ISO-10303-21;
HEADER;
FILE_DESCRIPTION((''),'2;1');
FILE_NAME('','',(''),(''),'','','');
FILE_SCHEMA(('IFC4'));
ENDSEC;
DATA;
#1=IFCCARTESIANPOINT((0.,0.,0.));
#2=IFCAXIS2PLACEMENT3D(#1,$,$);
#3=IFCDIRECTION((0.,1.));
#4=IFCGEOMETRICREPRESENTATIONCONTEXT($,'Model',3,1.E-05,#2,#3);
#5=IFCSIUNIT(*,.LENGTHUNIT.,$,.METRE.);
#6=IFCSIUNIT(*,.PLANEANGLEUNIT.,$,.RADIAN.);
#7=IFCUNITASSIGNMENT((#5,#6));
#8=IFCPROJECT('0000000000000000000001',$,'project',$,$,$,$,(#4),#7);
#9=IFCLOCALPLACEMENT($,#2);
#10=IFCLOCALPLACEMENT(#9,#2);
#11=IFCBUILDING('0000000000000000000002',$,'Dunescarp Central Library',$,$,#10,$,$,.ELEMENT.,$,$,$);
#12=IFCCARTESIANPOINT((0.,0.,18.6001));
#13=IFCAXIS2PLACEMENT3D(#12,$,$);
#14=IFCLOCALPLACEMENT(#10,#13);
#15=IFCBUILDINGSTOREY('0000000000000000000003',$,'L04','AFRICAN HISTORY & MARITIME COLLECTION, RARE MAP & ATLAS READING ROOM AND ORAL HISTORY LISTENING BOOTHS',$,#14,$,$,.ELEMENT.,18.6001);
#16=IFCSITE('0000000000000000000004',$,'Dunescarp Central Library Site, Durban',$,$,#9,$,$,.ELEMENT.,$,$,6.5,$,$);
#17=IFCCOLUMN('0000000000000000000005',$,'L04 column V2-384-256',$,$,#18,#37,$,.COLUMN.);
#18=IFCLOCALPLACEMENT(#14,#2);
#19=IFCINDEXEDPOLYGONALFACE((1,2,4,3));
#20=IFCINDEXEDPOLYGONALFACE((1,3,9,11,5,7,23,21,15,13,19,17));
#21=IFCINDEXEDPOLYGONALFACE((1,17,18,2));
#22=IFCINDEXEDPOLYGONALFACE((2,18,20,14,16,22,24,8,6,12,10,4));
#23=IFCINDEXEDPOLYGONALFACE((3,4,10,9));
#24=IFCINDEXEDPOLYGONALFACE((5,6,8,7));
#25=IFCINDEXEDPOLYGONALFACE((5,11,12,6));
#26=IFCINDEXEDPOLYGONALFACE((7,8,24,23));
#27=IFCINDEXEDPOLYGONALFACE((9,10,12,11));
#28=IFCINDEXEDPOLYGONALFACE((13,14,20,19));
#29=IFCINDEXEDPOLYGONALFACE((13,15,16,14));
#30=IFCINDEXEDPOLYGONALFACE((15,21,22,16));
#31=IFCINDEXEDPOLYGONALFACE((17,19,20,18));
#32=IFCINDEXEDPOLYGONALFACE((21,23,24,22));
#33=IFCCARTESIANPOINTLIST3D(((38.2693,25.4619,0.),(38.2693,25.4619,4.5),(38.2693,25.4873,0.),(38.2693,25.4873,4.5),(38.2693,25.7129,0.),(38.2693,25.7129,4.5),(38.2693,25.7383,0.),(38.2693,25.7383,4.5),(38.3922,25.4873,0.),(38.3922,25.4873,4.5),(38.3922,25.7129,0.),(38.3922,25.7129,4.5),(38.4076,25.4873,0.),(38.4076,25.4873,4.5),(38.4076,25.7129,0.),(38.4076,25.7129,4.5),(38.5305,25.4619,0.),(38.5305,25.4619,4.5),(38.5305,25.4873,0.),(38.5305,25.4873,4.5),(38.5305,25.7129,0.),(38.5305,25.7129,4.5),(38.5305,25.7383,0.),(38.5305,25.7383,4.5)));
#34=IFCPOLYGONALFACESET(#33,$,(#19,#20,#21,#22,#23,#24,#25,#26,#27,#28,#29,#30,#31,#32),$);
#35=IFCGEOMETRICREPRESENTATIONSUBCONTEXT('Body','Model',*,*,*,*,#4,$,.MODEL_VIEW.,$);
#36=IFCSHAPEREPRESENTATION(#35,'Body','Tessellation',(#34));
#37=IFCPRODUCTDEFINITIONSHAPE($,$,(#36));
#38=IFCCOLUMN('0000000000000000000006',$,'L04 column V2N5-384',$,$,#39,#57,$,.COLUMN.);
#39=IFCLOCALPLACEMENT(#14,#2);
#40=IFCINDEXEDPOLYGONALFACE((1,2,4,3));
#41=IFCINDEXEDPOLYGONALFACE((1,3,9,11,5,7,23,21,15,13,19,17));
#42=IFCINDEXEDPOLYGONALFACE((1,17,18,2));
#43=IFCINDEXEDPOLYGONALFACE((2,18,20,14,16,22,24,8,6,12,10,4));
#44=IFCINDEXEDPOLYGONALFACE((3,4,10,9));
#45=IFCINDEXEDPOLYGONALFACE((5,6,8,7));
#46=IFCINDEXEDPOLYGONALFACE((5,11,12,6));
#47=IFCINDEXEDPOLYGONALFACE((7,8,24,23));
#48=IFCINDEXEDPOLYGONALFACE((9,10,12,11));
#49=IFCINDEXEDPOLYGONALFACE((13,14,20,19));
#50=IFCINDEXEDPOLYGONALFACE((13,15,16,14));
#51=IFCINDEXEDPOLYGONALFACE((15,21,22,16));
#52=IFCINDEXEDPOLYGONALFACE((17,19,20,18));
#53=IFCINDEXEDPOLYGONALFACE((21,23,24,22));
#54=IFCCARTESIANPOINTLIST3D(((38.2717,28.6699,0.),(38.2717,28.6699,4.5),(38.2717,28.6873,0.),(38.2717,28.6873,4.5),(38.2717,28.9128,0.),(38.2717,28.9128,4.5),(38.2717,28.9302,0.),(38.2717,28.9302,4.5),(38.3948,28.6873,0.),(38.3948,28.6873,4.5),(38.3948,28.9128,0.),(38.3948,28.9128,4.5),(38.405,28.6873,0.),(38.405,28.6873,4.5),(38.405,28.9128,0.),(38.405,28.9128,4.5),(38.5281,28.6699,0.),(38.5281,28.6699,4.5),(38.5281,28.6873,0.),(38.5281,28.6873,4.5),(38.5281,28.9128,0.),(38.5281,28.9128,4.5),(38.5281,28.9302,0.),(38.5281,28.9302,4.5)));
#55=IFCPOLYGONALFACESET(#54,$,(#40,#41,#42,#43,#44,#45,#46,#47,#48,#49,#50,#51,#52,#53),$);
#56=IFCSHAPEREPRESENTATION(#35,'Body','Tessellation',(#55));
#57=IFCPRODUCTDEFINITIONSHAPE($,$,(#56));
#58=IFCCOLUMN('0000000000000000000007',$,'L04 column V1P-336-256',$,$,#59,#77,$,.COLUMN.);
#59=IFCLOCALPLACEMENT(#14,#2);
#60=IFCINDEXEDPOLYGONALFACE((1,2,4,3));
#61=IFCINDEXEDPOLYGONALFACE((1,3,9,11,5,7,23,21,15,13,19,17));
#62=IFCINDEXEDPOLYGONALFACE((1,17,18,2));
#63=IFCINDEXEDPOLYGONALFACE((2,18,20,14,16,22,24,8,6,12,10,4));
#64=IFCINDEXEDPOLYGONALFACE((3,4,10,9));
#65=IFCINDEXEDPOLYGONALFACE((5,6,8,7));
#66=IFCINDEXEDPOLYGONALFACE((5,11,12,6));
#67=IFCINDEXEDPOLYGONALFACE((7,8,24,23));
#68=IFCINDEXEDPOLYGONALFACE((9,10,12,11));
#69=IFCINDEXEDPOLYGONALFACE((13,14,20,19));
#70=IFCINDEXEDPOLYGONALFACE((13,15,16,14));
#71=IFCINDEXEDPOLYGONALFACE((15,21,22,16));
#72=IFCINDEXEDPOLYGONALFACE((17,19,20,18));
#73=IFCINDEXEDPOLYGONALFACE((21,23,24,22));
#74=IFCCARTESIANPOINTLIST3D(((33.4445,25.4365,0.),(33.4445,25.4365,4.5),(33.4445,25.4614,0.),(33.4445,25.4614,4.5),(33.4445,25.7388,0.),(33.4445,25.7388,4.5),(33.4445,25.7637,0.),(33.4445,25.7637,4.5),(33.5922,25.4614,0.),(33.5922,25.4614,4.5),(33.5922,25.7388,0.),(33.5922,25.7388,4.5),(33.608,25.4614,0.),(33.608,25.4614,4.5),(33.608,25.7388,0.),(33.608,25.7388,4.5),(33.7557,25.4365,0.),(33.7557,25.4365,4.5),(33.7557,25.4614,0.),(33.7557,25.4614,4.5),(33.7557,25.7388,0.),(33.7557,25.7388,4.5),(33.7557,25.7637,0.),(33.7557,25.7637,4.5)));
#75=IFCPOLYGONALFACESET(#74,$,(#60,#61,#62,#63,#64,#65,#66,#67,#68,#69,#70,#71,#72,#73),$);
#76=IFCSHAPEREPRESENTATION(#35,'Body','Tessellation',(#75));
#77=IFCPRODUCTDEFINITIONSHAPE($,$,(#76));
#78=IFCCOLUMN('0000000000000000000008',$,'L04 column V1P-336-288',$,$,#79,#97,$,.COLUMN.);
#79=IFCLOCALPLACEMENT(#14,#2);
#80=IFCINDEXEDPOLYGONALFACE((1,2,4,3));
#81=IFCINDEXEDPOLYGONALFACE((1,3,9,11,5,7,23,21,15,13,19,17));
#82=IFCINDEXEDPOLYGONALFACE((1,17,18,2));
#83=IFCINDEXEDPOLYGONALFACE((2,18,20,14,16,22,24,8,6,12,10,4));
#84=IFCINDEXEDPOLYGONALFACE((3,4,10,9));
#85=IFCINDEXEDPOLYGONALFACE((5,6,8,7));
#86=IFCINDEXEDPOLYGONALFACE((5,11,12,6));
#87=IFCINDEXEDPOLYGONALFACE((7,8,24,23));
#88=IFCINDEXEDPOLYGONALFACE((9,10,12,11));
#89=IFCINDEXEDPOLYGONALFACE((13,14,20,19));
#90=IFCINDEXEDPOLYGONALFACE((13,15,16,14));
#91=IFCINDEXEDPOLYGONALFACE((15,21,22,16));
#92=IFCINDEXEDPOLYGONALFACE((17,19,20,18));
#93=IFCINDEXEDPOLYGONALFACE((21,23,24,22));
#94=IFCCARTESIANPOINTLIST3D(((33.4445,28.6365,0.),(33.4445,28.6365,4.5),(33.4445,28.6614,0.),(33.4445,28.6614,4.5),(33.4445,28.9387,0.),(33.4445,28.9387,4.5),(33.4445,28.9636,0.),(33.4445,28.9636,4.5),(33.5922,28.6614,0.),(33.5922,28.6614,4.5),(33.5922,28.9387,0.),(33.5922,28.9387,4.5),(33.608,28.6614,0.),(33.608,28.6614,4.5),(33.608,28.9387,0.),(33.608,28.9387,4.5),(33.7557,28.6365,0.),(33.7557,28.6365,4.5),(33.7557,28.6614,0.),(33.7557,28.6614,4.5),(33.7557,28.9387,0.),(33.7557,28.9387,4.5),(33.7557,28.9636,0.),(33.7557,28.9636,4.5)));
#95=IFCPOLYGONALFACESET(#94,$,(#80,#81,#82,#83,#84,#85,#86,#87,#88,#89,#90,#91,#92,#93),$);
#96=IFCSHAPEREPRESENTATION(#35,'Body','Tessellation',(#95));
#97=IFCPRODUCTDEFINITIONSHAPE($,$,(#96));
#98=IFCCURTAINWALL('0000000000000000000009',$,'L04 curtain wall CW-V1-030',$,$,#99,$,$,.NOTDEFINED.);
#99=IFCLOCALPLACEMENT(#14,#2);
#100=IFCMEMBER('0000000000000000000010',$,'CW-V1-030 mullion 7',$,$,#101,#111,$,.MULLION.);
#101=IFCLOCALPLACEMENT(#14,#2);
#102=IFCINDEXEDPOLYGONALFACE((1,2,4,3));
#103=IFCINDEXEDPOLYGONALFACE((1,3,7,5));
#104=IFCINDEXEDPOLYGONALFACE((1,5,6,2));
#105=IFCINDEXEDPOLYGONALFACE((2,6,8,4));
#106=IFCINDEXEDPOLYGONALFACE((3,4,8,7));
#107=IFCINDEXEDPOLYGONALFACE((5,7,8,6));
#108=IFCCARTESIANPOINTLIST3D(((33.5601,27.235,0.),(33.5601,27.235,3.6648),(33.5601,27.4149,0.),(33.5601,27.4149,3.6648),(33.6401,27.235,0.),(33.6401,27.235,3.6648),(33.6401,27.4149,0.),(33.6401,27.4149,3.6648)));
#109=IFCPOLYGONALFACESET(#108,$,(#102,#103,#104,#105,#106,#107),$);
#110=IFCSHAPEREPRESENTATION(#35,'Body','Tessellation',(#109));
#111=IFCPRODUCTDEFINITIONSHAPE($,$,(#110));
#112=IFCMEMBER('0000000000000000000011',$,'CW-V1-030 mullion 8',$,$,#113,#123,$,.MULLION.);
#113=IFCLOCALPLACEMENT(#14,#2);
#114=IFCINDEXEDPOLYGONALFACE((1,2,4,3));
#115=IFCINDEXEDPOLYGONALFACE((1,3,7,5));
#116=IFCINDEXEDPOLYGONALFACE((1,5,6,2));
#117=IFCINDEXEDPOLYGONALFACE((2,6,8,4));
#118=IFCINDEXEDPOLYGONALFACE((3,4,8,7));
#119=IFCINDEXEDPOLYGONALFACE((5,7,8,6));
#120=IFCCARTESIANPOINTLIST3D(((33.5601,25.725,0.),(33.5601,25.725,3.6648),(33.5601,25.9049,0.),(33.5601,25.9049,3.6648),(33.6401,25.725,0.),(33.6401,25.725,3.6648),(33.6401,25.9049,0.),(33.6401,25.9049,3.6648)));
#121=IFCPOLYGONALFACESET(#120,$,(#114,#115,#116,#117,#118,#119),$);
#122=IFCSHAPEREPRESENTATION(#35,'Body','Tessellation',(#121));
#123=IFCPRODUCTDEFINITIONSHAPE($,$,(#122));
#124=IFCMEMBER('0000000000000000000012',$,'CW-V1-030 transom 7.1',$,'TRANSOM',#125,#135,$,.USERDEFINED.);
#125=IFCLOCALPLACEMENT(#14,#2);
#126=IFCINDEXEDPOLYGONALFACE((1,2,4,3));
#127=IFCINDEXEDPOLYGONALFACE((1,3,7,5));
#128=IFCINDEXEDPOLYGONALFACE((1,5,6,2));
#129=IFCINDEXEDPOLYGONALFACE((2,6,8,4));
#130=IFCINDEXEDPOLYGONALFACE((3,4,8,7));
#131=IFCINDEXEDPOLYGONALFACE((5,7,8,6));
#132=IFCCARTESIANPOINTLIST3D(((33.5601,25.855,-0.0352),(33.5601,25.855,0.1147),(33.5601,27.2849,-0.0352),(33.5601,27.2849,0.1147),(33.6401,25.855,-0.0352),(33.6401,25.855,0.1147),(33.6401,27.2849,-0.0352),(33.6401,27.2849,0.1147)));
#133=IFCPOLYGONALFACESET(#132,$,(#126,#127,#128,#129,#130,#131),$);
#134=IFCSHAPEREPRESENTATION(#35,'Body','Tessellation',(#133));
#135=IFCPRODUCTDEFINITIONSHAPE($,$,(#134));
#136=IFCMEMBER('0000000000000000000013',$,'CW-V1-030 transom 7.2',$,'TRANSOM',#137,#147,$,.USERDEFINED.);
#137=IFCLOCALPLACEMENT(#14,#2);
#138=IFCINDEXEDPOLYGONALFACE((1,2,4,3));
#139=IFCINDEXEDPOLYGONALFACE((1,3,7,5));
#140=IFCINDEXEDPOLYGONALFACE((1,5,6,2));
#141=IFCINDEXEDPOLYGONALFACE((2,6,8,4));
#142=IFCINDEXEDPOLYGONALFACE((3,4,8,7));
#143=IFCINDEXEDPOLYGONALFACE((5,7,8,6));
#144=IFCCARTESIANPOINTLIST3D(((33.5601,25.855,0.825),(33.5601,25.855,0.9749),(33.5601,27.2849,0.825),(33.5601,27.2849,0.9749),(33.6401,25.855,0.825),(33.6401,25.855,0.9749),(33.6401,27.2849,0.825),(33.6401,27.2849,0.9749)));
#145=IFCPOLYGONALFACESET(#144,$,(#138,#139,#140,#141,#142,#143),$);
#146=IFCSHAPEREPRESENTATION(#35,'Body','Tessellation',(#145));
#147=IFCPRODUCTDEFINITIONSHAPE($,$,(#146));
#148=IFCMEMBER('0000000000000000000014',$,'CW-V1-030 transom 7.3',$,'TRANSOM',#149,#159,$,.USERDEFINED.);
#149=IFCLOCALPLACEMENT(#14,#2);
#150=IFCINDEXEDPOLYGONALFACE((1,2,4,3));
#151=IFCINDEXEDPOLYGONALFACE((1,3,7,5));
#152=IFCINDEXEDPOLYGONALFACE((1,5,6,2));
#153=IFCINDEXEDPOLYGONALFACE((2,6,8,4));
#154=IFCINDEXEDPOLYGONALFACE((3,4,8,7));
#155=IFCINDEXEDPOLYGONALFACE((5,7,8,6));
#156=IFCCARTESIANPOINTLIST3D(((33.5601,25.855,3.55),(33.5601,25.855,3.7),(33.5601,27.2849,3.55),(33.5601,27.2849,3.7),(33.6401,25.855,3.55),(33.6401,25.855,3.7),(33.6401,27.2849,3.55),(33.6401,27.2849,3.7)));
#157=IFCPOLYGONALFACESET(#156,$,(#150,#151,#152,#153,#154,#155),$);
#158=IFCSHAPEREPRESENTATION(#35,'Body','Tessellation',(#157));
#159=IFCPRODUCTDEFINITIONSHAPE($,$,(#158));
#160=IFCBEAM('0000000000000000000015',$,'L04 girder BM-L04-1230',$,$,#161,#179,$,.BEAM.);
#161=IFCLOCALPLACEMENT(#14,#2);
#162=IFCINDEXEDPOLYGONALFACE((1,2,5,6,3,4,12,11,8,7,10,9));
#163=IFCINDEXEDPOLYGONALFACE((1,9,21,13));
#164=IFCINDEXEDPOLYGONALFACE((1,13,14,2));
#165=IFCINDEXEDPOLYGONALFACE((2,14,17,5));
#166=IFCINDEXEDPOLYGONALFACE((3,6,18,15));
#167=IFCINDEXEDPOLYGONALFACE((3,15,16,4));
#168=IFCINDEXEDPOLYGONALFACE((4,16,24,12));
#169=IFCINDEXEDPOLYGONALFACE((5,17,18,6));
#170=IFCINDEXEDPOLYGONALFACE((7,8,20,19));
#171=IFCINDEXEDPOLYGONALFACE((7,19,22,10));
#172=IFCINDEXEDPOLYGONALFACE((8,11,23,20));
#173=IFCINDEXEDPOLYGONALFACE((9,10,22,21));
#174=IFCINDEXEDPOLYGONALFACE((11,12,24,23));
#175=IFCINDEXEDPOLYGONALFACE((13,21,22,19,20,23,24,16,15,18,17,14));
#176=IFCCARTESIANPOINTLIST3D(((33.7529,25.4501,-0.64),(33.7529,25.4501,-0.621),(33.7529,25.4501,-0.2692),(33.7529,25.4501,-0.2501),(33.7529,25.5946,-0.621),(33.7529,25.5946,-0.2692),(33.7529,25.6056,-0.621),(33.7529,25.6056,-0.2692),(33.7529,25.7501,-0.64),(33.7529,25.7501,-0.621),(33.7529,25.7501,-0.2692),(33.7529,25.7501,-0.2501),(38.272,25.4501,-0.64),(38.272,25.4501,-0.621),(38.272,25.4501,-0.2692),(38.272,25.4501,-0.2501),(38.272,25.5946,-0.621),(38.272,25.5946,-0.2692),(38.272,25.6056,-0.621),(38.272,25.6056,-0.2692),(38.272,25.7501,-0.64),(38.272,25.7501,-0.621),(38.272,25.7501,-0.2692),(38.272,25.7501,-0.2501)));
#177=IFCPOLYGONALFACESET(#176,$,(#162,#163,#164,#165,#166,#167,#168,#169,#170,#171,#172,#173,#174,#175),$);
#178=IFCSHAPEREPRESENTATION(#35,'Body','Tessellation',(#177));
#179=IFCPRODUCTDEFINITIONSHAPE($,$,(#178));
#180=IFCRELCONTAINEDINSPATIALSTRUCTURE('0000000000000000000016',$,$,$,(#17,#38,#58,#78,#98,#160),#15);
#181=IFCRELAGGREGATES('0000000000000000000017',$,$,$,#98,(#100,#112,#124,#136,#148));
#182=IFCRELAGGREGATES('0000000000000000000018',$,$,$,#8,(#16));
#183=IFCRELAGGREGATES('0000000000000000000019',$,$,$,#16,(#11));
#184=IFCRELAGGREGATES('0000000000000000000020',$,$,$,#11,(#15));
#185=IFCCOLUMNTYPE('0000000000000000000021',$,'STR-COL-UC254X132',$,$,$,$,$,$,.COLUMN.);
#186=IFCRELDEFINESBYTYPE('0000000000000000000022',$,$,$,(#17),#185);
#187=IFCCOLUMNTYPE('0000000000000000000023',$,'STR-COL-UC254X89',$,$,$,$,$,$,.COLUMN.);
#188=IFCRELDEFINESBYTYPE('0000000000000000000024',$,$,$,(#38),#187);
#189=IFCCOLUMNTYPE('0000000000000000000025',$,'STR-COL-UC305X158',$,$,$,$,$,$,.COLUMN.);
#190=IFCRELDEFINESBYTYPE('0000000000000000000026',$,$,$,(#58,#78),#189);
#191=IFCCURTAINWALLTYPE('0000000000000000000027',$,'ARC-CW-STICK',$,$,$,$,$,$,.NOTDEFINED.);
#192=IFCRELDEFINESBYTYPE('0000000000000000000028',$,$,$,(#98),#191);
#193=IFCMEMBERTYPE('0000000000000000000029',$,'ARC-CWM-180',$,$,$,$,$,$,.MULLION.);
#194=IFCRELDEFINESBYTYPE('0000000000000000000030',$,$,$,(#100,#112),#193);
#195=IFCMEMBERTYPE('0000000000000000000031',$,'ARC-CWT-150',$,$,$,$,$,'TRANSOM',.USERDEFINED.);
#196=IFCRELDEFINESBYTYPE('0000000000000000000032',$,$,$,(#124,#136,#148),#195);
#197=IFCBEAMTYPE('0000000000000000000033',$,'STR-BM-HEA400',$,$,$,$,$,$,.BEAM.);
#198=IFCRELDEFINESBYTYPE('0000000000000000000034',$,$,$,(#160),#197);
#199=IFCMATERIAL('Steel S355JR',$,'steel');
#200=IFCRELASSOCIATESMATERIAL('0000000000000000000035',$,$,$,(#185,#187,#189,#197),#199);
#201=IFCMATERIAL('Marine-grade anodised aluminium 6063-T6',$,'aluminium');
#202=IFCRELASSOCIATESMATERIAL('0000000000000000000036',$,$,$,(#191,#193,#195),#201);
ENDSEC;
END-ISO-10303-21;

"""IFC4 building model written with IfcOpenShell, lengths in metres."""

from ifc_helpers import new_model, si_unit, direction, frame, origin, origin_2d, place, context, subcontext, project, spatial, rectangle, i_section, extrude, material, material_profile, profile_set, type_object, element, aggregate, save


model = new_model("IFC4")

# Units and contexts
model_context = context("Model", 3, precision=1e-05, world=origin(), true_north=direction((0.0, 1.0)))
body_context = subcontext(model_context, "Body", "Model", "MODEL_VIEW")
ifc_project = project(units=[si_unit("LENGTHUNIT", "METRE"), si_unit("PLANEANGLEUNIT", "RADIAN")], contexts=[model_context])

# Site, building, storey
site_placement = place(None, origin())
site = spatial("IfcSite", under=ifc_project, at=site_placement, Name="Dunescarp Central Library Site, Durban", CompositionType="ELEMENT", RefElevation=6.5)
building_placement = place(site_placement, origin())
building = spatial("IfcBuilding", under=site, at=building_placement, Name="Dunescarp Central Library", CompositionType="ELEMENT")
storey_placement = place(building_placement, frame((0.0, 0.0, 18.6001)))
storey = spatial("IfcBuildingStorey", under=building, at=storey_placement, Name="L04", Description="AFRICAN HISTORY & MARITIME COLLECTION, RARE MAP & ATLAS READING ROOM AND ORAL HISTORY LISTENING BOOTHS", CompositionType="ELEMENT", Elevation=18.6001)

# Columns
ifc_material_1 = material(Name="Steel S355JR", Category="steel")
ifc_material_profile_1 = material_profile(ifc_material_1, i_section(OverallWidth=0.2612, OverallDepth=0.2764, WebThickness=0.0154, FlangeThickness=0.0254, at=origin_2d()), Name="UC 254x254x132")
ifc_profile_set_1 = profile_set([ifc_material_profile_1], Name="Steel S355JR")
column_type_1 = type_object("IfcColumnType", Name="STR-COL-UC254X132", PredefinedType="COLUMN", material=ifc_profile_set_1)
column_1_placement = place(storey_placement, frame((38.3999, 25.6001, 0.0), z_axis=(0.0, 0.0, 1.0), x_axis=(1.0, 0.0, 0.0)))
element("IfcColumn", 1, at=column_1_placement, inside=storey, type_object=column_type_1, Name="L04 column V2-384-256", PredefinedType="COLUMN", context=body_context, shape_type="SweptSolid", body=[
    extrude(i_section(OverallWidth=0.2612, OverallDepth=0.2764, WebThickness=0.0154, FlangeThickness=0.0254, at=origin_2d()), origin(), (0.0, 0.0, 1.0), 4.5),
])
ifc_material_profile_2 = material_profile(ifc_material_1, i_section(OverallWidth=0.2563, OverallDepth=0.2603, WebThickness=0.0103, FlangeThickness=0.0173, at=origin_2d()), Name="UC 254x254x89")
ifc_profile_set_2 = profile_set([ifc_material_profile_2], Name="Steel S355JR")
column_type_2 = type_object("IfcColumnType", Name="STR-COL-UC254X89", PredefinedType="COLUMN", material=ifc_profile_set_2)
column_2_placement = place(storey_placement, frame((38.3999, 28.8, 0.0), z_axis=(0.0, 0.0, 1.0), x_axis=(1.0, 0.0, 0.0)))
element("IfcColumn", 2, at=column_2_placement, inside=storey, type_object=column_type_2, Name="L04 column V2N5-384", PredefinedType="COLUMN", context=body_context, shape_type="SweptSolid", body=[
    extrude(i_section(OverallWidth=0.2563, OverallDepth=0.2603, WebThickness=0.0103, FlangeThickness=0.0173, at=origin_2d()), origin(), (0.0, 0.0, 1.0), 4.5),
])
ifc_material_profile_3 = material_profile(ifc_material_1, i_section(OverallWidth=0.3113, OverallDepth=0.3271, WebThickness=0.0159, FlangeThickness=0.0249, at=origin_2d()), Name="UC 305x305x158")
ifc_profile_set_3 = profile_set([ifc_material_profile_3], Name="Steel S355JR")
column_type_3 = type_object("IfcColumnType", Name="STR-COL-UC305X158", PredefinedType="COLUMN", material=ifc_profile_set_3)
for number, where, z_axis, x_axis, name in (
    (3, (33.6001, 25.6001, 0.0), (0.0, 0.0, 1.0), (1.0, 0.0, 0.0), "L04 column V1P-336-256"),
    (4, (33.6001, 28.8, 0.0), (0.0, 0.0, 1.0), (1.0, 0.0, 0.0), "L04 column V1P-336-288"),
):
    element("IfcColumn", number, at=place(storey_placement, frame(where, z_axis=z_axis, x_axis=x_axis)), inside=storey, type_object=column_type_3, Name=name, PredefinedType="COLUMN", context=body_context, shape_type="SweptSolid", body=[
        extrude(i_section(OverallWidth=0.3113, OverallDepth=0.3271, WebThickness=0.0159, FlangeThickness=0.0249, at=origin_2d()), origin(), (0.0, 0.0, 1.0), 4.5),
    ])

# Curtain wall, members
ifc_material_2 = material(Name="Marine-grade anodised aluminium 6063-T6", Category="aluminium")
curtain_wall_type = type_object("IfcCurtainWallType", Name="ARC-CW-STICK", PredefinedType="NOTDEFINED", material=ifc_material_2)
curtain_wall_placement = place(storey_placement, origin())
curtain_wall = element("IfcCurtainWall", 5, at=curtain_wall_placement, inside=storey, type_object=curtain_wall_type, Name="L04 curtain wall CW-V1-030", PredefinedType="NOTDEFINED")
ifc_material_profile_4 = material_profile(ifc_material_2, rectangle(XDim=0.0801, YDim=0.1799, at=origin_2d()), Name="AL 80x180")
ifc_profile_set_4 = profile_set([ifc_material_profile_4], Name="Marine-grade anodised aluminium 6063-T6")
member_type_1 = type_object("IfcMemberType", Name="ARC-CWM-180", PredefinedType="MULLION", material=ifc_profile_set_4)
member_1_placement = place(storey_placement, frame((33.6001, 27.325, 0.0), z_axis=(0.0, 0.0, 1.0), x_axis=(1.0, 0.0, 0.0)))
member_1 = element("IfcMember", 6, at=member_1_placement, type_object=member_type_1, Name="CW-V1-030 mullion 7", PredefinedType="MULLION", context=body_context, shape_type="SweptSolid", body=[
    extrude(rectangle(XDim=0.0801, YDim=0.1799, at=origin_2d()), origin(), (0.0, 0.0, 1.0), 3.6648),
])
member_2_placement = place(storey_placement, frame((33.6001, 25.8149, 0.0), z_axis=(0.0, 0.0, 1.0), x_axis=(1.0, 0.0, 0.0)))
member_2 = element("IfcMember", 7, at=member_2_placement, type_object=member_type_1, Name="CW-V1-030 mullion 8", PredefinedType="MULLION", context=body_context, shape_type="SweptSolid", body=[
    extrude(rectangle(XDim=0.0801, YDim=0.1799, at=origin_2d()), origin(), (0.0, 0.0, 1.0), 3.6648),
])
ifc_material_profile_5 = material_profile(ifc_material_2, rectangle(XDim=0.0801, YDim=0.1499, at=origin_2d()), Name="AL 80x150")
ifc_profile_set_5 = profile_set([ifc_material_profile_5], Name="Marine-grade anodised aluminium 6063-T6")
member_type_2 = type_object("IfcMemberType", Name="ARC-CWT-150", ElementType="TRANSOM", PredefinedType="USERDEFINED", material=ifc_profile_set_5)
member_3_placement = place(storey_placement, frame((33.6001, 27.2849, 0.0398), z_axis=(0.0, -1.0, 0.0), x_axis=(1.0, 0.0, 0.0)))
member_3 = element("IfcMember", 8, at=member_3_placement, type_object=member_type_2, Name="CW-V1-030 transom 7.1", ObjectType="TRANSOM", PredefinedType="USERDEFINED", context=body_context, shape_type="SweptSolid", body=[
    extrude(rectangle(XDim=0.0801, YDim=0.1499, at=origin_2d()), origin(), (0.0, 0.0, 1.0), 1.4299),
])
member_4_placement = place(storey_placement, frame((33.6001, 27.2849, 0.8999), z_axis=(0.0, -1.0, 0.0), x_axis=(1.0, 0.0, 0.0)))
member_4 = element("IfcMember", 9, at=member_4_placement, type_object=member_type_2, Name="CW-V1-030 transom 7.2", ObjectType="TRANSOM", PredefinedType="USERDEFINED", context=body_context, shape_type="SweptSolid", body=[
    extrude(rectangle(XDim=0.0801, YDim=0.1499, at=origin_2d()), origin(), (0.0, 0.0, 1.0), 1.4299),
])
member_5_placement = place(storey_placement, frame((33.6001, 27.2849, 3.625), z_axis=(0.0, -1.0, 0.0), x_axis=(1.0, 0.0, 0.0)))
member_5 = element("IfcMember", 10, at=member_5_placement, type_object=member_type_2, Name="CW-V1-030 transom 7.3", ObjectType="TRANSOM", PredefinedType="USERDEFINED", context=body_context, shape_type="SweptSolid", body=[
    extrude(rectangle(XDim=0.0801, YDim=0.1499, at=origin_2d()), origin(), (0.0, 0.0, 1.0), 1.4299),
])

# Beam
ifc_material_profile_6 = material_profile(ifc_material_1, i_section(OverallWidth=0.3, OverallDepth=0.3899, WebThickness=0.011, FlangeThickness=0.019, at=origin_2d()), Name="HEA 400")
ifc_profile_set_6 = profile_set([ifc_material_profile_6], Name="Steel S355JR")
beam_type_1 = type_object("IfcBeamType", Name="STR-BM-HEA400", PredefinedType="BEAM", material=ifc_profile_set_6)
beam_1_placement = place(storey_placement, frame((33.7529, 25.6001, -0.4451), z_axis=(1.0, 0.0, 0.0), x_axis=(0.0, 1.0, 0.0)))
element("IfcBeam", 11, at=beam_1_placement, inside=storey, type_object=beam_type_1, Name="L04 girder BM-L04-1230", PredefinedType="BEAM", context=body_context, shape_type="SweptSolid", body=[
    extrude(i_section(OverallWidth=0.3, OverallDepth=0.3899, WebThickness=0.011, FlangeThickness=0.019, at=origin_2d()), origin(), (0.0, 0.0, 1.0), 4.519),
])

aggregate(curtain_wall, [member_1, member_2, member_3, member_4, member_5])

save(model, "model.ifc")
